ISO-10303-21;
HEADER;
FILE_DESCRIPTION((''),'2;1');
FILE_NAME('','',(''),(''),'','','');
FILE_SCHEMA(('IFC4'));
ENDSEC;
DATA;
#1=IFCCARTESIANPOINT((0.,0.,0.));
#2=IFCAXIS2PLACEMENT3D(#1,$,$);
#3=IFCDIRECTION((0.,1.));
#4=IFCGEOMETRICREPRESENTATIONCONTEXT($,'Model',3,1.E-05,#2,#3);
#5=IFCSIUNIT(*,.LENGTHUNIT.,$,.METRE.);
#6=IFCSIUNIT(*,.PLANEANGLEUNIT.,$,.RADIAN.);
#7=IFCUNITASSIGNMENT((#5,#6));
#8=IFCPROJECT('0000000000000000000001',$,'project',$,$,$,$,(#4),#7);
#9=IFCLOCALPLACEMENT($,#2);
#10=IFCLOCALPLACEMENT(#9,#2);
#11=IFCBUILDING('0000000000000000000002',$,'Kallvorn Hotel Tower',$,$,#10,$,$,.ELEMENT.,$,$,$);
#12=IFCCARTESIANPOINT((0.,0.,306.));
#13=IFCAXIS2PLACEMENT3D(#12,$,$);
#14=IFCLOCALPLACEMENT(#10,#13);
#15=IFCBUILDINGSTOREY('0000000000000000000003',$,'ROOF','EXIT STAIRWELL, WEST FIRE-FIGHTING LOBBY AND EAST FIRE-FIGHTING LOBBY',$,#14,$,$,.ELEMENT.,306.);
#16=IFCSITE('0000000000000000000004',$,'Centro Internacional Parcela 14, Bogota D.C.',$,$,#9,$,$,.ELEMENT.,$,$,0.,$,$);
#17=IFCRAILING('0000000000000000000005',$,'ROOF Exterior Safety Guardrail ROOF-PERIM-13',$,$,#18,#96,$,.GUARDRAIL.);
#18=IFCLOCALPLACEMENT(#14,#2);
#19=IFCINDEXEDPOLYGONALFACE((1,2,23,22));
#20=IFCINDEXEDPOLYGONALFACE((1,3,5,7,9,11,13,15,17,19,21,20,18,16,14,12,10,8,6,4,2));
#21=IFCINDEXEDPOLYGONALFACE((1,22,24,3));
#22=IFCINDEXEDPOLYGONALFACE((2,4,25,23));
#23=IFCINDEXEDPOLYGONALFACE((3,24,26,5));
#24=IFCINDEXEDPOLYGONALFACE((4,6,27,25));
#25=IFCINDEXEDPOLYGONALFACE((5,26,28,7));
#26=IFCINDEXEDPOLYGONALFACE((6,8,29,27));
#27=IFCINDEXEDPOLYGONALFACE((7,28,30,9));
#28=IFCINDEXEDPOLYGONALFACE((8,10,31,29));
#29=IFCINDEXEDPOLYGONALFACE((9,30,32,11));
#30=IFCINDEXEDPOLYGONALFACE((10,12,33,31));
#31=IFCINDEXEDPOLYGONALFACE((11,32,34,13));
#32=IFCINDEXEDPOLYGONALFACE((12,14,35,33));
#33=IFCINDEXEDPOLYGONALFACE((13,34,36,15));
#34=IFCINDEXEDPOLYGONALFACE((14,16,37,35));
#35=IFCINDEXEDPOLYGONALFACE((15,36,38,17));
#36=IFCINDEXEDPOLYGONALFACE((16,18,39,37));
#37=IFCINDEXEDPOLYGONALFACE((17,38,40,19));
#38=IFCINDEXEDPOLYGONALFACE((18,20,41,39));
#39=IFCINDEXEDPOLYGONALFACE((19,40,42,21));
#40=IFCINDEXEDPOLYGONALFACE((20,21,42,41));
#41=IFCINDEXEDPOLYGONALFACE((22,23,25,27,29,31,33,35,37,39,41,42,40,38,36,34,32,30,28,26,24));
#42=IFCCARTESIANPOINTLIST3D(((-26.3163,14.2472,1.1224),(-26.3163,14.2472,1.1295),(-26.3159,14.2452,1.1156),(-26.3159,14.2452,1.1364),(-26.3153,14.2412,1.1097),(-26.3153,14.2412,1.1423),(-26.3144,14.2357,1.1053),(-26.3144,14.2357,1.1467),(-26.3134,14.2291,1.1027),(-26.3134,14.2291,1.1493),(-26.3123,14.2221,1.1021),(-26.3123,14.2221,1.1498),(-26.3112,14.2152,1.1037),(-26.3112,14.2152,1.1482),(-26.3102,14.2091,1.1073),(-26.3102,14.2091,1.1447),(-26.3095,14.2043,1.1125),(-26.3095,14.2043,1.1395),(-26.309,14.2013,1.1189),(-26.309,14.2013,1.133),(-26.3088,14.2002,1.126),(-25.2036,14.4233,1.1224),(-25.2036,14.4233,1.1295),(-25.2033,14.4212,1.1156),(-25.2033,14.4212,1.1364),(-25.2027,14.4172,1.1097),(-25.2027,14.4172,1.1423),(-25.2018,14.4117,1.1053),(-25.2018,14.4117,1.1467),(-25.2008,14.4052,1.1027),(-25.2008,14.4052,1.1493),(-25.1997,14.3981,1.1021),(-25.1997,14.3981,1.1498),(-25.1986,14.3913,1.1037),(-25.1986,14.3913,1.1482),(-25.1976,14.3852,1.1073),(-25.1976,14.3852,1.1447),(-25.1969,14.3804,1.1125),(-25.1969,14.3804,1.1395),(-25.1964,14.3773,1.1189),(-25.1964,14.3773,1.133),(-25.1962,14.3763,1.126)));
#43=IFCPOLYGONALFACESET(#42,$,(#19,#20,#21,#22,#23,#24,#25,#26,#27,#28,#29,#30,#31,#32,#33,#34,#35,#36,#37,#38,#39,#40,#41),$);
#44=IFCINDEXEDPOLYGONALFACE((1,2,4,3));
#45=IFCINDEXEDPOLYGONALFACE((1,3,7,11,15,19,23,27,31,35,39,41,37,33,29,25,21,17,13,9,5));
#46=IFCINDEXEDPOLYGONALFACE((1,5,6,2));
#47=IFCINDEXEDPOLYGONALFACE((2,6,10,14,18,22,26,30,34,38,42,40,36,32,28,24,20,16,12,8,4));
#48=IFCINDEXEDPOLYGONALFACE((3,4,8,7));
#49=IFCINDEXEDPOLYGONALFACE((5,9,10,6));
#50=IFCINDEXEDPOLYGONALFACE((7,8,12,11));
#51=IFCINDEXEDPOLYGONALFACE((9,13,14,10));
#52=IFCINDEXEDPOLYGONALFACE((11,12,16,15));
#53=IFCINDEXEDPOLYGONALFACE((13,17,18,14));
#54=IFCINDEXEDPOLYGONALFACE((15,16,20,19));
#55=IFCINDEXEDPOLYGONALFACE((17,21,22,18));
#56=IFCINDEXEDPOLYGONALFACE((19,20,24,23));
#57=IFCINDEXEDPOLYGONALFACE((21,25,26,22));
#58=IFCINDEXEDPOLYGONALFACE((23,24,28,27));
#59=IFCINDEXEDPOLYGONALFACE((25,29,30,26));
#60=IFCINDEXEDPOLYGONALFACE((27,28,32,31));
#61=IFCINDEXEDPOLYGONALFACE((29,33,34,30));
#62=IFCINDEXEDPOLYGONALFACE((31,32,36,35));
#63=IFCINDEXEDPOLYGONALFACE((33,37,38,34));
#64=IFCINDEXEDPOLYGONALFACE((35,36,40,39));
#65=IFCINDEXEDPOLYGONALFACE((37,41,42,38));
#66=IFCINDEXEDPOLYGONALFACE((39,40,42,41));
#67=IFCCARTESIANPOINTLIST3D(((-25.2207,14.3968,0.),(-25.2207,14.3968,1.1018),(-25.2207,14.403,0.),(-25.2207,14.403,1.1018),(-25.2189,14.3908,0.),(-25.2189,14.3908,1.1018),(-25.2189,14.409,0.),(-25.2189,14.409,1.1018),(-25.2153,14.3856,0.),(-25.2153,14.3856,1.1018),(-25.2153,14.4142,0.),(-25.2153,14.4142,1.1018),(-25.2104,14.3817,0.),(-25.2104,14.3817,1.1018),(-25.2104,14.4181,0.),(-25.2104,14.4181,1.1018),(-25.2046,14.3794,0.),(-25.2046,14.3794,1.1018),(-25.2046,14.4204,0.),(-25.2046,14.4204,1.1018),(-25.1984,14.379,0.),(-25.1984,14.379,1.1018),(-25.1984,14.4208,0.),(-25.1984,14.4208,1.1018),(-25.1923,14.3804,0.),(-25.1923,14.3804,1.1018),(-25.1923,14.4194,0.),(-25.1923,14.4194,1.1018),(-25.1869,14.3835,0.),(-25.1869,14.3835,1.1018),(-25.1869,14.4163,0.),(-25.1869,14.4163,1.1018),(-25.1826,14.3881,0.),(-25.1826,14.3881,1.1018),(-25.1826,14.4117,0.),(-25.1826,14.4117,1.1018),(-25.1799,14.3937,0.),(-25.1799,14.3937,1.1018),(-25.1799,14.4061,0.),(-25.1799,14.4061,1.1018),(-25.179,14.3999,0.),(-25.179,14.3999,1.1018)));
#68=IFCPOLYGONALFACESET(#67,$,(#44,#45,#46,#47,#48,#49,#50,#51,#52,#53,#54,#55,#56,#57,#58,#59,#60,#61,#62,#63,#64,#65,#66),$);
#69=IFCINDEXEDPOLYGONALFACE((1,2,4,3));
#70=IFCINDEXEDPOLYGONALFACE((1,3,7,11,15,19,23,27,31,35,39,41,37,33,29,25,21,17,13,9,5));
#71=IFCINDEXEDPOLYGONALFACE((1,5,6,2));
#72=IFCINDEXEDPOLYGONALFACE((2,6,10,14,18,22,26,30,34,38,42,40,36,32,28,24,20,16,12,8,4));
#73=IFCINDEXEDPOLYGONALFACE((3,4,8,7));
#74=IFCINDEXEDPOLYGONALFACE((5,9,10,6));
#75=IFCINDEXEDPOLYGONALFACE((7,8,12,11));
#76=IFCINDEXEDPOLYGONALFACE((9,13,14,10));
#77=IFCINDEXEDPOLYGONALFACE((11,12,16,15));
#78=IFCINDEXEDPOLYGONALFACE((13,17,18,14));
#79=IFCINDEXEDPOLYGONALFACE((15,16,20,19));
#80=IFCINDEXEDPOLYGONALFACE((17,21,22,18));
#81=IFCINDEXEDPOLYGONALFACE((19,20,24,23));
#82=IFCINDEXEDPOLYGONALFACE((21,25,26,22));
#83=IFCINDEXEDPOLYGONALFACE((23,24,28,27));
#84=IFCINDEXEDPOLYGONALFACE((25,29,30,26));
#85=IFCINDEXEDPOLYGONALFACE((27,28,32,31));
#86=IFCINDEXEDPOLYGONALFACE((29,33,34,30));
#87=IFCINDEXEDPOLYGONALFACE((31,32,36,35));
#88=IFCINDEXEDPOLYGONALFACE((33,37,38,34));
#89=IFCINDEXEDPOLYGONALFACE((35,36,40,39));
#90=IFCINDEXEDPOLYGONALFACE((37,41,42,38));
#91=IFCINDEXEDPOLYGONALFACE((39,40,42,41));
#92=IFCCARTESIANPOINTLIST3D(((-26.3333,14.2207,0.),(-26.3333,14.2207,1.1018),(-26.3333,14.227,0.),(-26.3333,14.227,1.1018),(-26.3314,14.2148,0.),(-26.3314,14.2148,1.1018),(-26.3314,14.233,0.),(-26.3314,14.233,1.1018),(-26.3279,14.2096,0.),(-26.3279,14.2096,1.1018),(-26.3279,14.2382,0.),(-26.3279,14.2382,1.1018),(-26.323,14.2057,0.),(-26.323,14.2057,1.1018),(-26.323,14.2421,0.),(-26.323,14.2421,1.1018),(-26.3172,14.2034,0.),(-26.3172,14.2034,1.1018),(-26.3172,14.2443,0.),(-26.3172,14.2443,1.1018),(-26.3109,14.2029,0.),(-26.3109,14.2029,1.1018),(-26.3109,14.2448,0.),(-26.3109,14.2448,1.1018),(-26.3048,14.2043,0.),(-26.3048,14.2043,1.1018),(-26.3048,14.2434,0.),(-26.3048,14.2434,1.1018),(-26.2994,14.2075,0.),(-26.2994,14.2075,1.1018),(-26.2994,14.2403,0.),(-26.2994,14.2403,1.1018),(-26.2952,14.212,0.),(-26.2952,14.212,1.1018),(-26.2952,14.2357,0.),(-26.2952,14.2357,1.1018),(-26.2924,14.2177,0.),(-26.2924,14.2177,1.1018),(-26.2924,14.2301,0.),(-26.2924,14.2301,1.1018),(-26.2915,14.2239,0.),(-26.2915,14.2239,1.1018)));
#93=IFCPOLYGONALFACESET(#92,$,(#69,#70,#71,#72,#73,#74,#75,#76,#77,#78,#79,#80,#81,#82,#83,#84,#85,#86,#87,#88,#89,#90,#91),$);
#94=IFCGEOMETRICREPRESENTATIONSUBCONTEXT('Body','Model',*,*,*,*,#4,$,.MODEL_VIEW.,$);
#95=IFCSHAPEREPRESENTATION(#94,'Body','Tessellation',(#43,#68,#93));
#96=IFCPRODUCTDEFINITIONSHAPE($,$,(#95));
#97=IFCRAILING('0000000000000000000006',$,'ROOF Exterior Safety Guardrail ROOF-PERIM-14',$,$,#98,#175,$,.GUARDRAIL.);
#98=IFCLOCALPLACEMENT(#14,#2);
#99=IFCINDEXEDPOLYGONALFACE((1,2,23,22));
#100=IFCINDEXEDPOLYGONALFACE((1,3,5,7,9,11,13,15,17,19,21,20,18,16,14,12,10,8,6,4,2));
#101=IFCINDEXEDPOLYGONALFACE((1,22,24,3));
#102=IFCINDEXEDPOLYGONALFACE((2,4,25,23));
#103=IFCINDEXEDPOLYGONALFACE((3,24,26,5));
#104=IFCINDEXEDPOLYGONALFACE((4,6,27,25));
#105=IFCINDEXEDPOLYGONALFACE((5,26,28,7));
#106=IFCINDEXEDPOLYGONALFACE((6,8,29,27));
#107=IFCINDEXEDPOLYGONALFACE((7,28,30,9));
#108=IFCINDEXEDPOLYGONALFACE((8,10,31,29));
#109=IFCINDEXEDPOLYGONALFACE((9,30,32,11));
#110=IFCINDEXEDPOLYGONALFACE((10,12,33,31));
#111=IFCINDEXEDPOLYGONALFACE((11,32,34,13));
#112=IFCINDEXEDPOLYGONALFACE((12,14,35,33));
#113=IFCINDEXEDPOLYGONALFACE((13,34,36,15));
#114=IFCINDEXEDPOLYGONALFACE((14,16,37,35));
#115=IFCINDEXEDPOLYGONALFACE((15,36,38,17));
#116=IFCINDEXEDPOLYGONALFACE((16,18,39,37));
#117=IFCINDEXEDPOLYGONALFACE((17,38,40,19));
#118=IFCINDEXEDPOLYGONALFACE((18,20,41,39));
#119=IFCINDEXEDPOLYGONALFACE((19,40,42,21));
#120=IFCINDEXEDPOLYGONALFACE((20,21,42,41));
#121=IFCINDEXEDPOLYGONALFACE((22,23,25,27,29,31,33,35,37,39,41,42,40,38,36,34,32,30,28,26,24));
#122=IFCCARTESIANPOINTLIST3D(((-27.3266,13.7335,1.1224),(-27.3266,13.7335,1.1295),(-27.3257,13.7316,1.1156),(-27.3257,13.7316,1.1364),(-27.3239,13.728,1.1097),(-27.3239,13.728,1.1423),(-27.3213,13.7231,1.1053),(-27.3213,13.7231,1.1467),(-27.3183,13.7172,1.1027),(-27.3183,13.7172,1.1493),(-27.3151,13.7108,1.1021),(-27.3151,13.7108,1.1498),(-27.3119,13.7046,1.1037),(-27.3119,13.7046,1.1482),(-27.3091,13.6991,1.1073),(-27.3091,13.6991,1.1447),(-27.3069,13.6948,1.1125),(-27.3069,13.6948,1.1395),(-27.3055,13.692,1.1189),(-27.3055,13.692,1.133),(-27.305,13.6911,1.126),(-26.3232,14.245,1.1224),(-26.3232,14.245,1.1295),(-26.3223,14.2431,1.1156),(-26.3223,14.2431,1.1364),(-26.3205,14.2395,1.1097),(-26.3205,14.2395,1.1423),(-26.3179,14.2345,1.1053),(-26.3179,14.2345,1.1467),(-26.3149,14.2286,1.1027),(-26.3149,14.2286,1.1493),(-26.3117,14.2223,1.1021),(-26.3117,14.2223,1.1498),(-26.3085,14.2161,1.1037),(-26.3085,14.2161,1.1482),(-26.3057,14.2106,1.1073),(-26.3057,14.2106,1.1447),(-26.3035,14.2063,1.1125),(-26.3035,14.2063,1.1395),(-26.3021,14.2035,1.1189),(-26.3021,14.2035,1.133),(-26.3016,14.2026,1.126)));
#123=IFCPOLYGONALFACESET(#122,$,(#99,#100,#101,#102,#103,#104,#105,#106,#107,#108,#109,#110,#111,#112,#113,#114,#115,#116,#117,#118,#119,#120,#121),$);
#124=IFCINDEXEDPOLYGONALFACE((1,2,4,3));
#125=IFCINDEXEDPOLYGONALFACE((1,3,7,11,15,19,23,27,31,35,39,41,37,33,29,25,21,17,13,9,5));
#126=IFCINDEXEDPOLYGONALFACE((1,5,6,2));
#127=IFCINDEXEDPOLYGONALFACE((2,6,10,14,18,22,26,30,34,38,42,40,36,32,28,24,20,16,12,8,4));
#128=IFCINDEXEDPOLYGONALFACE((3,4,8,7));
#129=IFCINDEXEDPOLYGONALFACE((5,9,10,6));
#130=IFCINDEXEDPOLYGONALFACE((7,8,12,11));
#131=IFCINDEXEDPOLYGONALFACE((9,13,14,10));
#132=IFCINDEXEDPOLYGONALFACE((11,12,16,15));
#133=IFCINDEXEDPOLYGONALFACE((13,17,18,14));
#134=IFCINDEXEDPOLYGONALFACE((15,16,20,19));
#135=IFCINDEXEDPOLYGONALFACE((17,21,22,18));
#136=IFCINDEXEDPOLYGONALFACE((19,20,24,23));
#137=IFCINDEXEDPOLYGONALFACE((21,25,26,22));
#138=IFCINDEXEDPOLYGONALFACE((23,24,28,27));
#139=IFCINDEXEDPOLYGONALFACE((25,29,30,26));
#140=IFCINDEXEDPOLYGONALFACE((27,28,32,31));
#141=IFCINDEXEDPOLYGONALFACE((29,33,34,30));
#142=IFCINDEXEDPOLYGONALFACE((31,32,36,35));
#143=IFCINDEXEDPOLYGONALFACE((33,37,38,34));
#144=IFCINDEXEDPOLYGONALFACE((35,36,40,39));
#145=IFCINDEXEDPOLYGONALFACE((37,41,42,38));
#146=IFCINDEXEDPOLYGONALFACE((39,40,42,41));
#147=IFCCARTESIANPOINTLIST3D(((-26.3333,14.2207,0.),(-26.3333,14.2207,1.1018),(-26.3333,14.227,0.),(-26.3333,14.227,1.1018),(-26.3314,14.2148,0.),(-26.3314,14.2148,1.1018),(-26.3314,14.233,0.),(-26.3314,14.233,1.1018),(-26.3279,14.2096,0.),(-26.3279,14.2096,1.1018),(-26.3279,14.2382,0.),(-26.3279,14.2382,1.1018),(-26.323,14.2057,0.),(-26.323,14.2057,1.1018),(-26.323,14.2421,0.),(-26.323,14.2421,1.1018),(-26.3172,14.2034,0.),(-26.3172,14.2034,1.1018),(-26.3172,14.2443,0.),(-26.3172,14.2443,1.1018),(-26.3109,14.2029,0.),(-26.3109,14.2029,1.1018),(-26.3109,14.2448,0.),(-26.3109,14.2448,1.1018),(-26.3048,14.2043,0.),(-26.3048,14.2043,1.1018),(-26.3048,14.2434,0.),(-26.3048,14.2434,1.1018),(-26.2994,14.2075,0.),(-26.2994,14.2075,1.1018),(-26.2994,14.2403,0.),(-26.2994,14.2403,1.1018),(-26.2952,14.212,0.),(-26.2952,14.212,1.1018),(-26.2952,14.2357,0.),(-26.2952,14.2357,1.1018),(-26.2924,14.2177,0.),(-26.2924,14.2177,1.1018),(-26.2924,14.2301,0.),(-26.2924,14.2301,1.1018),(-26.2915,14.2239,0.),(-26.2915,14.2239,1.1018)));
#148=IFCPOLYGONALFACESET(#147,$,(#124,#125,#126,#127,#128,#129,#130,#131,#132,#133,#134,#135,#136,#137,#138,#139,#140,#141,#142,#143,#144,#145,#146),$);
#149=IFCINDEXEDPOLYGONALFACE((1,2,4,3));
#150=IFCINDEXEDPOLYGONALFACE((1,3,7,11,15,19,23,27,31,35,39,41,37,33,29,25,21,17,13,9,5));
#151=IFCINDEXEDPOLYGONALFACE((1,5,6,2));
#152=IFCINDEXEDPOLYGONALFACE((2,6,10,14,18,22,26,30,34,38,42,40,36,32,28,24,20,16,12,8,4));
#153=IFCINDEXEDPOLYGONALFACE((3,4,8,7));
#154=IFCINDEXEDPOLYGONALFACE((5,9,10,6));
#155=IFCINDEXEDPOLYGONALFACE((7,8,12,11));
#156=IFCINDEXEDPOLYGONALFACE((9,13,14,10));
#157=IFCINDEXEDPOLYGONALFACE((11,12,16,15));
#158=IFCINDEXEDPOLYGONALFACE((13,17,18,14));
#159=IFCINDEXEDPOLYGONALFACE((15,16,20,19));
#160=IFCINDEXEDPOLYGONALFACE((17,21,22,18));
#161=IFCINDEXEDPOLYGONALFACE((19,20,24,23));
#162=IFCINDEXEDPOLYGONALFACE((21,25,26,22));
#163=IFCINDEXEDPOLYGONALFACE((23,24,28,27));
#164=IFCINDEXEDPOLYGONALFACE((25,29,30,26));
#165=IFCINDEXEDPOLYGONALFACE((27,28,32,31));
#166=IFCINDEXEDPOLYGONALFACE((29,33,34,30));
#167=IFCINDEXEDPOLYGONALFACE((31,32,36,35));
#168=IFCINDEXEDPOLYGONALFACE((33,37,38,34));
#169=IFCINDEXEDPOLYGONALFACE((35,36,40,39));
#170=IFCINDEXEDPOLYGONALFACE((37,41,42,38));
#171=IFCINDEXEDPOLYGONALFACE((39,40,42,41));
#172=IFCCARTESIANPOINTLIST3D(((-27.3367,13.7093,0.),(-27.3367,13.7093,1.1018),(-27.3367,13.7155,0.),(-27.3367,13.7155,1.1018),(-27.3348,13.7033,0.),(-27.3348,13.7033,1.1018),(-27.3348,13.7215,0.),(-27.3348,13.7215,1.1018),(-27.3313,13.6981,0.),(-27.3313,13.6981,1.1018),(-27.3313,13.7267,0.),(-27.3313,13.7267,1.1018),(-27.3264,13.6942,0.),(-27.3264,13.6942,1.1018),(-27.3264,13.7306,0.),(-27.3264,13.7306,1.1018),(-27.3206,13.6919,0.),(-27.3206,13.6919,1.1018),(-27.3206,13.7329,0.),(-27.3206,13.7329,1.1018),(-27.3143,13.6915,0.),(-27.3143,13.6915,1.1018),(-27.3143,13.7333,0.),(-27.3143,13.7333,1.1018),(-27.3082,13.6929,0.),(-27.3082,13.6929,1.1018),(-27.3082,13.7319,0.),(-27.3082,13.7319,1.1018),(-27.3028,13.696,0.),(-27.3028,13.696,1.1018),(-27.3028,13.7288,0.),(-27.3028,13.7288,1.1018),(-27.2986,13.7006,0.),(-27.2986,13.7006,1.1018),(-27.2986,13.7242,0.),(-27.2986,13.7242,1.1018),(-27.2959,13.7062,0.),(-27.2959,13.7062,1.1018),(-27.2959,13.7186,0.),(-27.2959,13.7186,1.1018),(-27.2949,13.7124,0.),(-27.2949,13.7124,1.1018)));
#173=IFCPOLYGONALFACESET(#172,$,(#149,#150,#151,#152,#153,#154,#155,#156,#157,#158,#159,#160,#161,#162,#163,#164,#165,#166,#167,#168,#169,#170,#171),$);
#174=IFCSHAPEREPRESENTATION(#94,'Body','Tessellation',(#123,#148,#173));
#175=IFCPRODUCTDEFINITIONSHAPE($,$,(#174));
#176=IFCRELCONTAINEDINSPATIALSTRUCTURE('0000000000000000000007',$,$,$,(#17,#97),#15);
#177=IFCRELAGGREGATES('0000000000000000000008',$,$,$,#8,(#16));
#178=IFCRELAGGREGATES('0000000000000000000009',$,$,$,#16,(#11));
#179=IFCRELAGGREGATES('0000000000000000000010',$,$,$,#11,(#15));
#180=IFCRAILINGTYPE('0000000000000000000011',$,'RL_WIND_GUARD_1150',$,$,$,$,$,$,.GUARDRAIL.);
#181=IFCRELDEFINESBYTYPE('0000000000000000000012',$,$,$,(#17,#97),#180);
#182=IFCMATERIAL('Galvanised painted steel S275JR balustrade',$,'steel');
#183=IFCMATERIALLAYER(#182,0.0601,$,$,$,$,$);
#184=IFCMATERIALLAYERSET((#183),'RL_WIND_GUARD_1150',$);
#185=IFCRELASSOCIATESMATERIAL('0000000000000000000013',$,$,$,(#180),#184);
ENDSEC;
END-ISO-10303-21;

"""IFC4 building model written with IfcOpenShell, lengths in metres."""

from ifc_helpers import new_model, si_unit, direction, frame, origin, origin_2d, place, context, subcontext, project, spatial, circle, extrude, material, layer, layer_set, type_object, element, save


model = new_model("IFC4")

# Units and contexts
model_context = context("Model", 3, precision=1e-05, world=origin(), true_north=direction((0.0, 1.0)))
body_context = subcontext(model_context, "Body", "Model", "MODEL_VIEW")
ifc_project = project(units=[si_unit("LENGTHUNIT", "METRE"), si_unit("PLANEANGLEUNIT", "RADIAN")], contexts=[model_context])

# Site, building, storey
site_placement = place(None, origin())
site = spatial("IfcSite", under=ifc_project, at=site_placement, Name="Centro Internacional Parcela 14, Bogota D.C.", CompositionType="ELEMENT", RefElevation=0.0)
building_placement = place(site_placement, origin())
building = spatial("IfcBuilding", under=site, at=building_placement, Name="Kallvorn Hotel Tower", CompositionType="ELEMENT")
storey_placement = place(building_placement, frame((0.0, 0.0, 306.0)))
storey = spatial("IfcBuildingStorey", under=building, at=storey_placement, Name="ROOF", Description="EXIT STAIRWELL, WEST FIRE-FIGHTING LOBBY AND EAST FIRE-FIGHTING LOBBY", CompositionType="ELEMENT", Elevation=306.0)

# Railings
ifc_material_1 = material(Name="Galvanised painted steel S275JR balustrade", Category="steel")
ifc_layer_1 = layer(ifc_material_1, 0.0601)
ifc_layer_set_1 = layer_set([ifc_layer_1], Name="RL_WIND_GUARD_1150")
railing_type = type_object("IfcRailingType", Name="RL_WIND_GUARD_1150", PredefinedType="GUARDRAIL", material=ifc_layer_set_1)
railing_1_placement = place(storey_placement, frame((-25.2, 14.3999, 0.0)))
element("IfcRailing", 1, at=railing_1_placement, inside=storey, type_object=railing_type, Name="ROOF Exterior Safety Guardrail ROOF-PERIM-13", PredefinedType="GUARDRAIL", context=body_context, shape_type="SweptSolid", body=[
    extrude(circle(Radius=0.0239, at=origin_2d()), frame((0.0, 0.0, 1.126), z_axis=(-0.987714, -0.156274, 0.0), x_axis=(0.156274, -0.987714, 0.0)), (0.0, 0.0, 1.0), 1.1265),
    extrude(circle(Radius=0.021, at=origin_2d()), origin(), (0.0, 0.0, 1.0), 1.1018),
    extrude(circle(Radius=0.021, at=origin_2d()), frame((-1.1125, -0.176, 0.0)), (0.0, 0.0, 1.0), 1.1018),
])
railing_2_placement = place(storey_placement, frame((-26.3125, 14.2239, 0.0)))
element("IfcRailing", 2, at=railing_2_placement, inside=storey, type_object=railing_type, Name="ROOF Exterior Safety Guardrail ROOF-PERIM-14", PredefinedType="GUARDRAIL", context=body_context, shape_type="SweptSolid", body=[
    extrude(circle(Radius=0.0239, at=origin_2d()), frame((0.0, 0.0, 1.126), z_axis=(-0.890932, -0.454137, 0.0), x_axis=(0.454137, -0.890932, 0.0)), (0.0, 0.0, 1.0), 1.1262),
    extrude(circle(Radius=0.021, at=origin_2d()), origin(), (0.0, 0.0, 1.0), 1.1018),
    extrude(circle(Radius=0.021, at=origin_2d()), frame((-1.0034, -0.5115, 0.0)), (0.0, 0.0, 1.0), 1.1018),
])

save(model, "model.ifc")
